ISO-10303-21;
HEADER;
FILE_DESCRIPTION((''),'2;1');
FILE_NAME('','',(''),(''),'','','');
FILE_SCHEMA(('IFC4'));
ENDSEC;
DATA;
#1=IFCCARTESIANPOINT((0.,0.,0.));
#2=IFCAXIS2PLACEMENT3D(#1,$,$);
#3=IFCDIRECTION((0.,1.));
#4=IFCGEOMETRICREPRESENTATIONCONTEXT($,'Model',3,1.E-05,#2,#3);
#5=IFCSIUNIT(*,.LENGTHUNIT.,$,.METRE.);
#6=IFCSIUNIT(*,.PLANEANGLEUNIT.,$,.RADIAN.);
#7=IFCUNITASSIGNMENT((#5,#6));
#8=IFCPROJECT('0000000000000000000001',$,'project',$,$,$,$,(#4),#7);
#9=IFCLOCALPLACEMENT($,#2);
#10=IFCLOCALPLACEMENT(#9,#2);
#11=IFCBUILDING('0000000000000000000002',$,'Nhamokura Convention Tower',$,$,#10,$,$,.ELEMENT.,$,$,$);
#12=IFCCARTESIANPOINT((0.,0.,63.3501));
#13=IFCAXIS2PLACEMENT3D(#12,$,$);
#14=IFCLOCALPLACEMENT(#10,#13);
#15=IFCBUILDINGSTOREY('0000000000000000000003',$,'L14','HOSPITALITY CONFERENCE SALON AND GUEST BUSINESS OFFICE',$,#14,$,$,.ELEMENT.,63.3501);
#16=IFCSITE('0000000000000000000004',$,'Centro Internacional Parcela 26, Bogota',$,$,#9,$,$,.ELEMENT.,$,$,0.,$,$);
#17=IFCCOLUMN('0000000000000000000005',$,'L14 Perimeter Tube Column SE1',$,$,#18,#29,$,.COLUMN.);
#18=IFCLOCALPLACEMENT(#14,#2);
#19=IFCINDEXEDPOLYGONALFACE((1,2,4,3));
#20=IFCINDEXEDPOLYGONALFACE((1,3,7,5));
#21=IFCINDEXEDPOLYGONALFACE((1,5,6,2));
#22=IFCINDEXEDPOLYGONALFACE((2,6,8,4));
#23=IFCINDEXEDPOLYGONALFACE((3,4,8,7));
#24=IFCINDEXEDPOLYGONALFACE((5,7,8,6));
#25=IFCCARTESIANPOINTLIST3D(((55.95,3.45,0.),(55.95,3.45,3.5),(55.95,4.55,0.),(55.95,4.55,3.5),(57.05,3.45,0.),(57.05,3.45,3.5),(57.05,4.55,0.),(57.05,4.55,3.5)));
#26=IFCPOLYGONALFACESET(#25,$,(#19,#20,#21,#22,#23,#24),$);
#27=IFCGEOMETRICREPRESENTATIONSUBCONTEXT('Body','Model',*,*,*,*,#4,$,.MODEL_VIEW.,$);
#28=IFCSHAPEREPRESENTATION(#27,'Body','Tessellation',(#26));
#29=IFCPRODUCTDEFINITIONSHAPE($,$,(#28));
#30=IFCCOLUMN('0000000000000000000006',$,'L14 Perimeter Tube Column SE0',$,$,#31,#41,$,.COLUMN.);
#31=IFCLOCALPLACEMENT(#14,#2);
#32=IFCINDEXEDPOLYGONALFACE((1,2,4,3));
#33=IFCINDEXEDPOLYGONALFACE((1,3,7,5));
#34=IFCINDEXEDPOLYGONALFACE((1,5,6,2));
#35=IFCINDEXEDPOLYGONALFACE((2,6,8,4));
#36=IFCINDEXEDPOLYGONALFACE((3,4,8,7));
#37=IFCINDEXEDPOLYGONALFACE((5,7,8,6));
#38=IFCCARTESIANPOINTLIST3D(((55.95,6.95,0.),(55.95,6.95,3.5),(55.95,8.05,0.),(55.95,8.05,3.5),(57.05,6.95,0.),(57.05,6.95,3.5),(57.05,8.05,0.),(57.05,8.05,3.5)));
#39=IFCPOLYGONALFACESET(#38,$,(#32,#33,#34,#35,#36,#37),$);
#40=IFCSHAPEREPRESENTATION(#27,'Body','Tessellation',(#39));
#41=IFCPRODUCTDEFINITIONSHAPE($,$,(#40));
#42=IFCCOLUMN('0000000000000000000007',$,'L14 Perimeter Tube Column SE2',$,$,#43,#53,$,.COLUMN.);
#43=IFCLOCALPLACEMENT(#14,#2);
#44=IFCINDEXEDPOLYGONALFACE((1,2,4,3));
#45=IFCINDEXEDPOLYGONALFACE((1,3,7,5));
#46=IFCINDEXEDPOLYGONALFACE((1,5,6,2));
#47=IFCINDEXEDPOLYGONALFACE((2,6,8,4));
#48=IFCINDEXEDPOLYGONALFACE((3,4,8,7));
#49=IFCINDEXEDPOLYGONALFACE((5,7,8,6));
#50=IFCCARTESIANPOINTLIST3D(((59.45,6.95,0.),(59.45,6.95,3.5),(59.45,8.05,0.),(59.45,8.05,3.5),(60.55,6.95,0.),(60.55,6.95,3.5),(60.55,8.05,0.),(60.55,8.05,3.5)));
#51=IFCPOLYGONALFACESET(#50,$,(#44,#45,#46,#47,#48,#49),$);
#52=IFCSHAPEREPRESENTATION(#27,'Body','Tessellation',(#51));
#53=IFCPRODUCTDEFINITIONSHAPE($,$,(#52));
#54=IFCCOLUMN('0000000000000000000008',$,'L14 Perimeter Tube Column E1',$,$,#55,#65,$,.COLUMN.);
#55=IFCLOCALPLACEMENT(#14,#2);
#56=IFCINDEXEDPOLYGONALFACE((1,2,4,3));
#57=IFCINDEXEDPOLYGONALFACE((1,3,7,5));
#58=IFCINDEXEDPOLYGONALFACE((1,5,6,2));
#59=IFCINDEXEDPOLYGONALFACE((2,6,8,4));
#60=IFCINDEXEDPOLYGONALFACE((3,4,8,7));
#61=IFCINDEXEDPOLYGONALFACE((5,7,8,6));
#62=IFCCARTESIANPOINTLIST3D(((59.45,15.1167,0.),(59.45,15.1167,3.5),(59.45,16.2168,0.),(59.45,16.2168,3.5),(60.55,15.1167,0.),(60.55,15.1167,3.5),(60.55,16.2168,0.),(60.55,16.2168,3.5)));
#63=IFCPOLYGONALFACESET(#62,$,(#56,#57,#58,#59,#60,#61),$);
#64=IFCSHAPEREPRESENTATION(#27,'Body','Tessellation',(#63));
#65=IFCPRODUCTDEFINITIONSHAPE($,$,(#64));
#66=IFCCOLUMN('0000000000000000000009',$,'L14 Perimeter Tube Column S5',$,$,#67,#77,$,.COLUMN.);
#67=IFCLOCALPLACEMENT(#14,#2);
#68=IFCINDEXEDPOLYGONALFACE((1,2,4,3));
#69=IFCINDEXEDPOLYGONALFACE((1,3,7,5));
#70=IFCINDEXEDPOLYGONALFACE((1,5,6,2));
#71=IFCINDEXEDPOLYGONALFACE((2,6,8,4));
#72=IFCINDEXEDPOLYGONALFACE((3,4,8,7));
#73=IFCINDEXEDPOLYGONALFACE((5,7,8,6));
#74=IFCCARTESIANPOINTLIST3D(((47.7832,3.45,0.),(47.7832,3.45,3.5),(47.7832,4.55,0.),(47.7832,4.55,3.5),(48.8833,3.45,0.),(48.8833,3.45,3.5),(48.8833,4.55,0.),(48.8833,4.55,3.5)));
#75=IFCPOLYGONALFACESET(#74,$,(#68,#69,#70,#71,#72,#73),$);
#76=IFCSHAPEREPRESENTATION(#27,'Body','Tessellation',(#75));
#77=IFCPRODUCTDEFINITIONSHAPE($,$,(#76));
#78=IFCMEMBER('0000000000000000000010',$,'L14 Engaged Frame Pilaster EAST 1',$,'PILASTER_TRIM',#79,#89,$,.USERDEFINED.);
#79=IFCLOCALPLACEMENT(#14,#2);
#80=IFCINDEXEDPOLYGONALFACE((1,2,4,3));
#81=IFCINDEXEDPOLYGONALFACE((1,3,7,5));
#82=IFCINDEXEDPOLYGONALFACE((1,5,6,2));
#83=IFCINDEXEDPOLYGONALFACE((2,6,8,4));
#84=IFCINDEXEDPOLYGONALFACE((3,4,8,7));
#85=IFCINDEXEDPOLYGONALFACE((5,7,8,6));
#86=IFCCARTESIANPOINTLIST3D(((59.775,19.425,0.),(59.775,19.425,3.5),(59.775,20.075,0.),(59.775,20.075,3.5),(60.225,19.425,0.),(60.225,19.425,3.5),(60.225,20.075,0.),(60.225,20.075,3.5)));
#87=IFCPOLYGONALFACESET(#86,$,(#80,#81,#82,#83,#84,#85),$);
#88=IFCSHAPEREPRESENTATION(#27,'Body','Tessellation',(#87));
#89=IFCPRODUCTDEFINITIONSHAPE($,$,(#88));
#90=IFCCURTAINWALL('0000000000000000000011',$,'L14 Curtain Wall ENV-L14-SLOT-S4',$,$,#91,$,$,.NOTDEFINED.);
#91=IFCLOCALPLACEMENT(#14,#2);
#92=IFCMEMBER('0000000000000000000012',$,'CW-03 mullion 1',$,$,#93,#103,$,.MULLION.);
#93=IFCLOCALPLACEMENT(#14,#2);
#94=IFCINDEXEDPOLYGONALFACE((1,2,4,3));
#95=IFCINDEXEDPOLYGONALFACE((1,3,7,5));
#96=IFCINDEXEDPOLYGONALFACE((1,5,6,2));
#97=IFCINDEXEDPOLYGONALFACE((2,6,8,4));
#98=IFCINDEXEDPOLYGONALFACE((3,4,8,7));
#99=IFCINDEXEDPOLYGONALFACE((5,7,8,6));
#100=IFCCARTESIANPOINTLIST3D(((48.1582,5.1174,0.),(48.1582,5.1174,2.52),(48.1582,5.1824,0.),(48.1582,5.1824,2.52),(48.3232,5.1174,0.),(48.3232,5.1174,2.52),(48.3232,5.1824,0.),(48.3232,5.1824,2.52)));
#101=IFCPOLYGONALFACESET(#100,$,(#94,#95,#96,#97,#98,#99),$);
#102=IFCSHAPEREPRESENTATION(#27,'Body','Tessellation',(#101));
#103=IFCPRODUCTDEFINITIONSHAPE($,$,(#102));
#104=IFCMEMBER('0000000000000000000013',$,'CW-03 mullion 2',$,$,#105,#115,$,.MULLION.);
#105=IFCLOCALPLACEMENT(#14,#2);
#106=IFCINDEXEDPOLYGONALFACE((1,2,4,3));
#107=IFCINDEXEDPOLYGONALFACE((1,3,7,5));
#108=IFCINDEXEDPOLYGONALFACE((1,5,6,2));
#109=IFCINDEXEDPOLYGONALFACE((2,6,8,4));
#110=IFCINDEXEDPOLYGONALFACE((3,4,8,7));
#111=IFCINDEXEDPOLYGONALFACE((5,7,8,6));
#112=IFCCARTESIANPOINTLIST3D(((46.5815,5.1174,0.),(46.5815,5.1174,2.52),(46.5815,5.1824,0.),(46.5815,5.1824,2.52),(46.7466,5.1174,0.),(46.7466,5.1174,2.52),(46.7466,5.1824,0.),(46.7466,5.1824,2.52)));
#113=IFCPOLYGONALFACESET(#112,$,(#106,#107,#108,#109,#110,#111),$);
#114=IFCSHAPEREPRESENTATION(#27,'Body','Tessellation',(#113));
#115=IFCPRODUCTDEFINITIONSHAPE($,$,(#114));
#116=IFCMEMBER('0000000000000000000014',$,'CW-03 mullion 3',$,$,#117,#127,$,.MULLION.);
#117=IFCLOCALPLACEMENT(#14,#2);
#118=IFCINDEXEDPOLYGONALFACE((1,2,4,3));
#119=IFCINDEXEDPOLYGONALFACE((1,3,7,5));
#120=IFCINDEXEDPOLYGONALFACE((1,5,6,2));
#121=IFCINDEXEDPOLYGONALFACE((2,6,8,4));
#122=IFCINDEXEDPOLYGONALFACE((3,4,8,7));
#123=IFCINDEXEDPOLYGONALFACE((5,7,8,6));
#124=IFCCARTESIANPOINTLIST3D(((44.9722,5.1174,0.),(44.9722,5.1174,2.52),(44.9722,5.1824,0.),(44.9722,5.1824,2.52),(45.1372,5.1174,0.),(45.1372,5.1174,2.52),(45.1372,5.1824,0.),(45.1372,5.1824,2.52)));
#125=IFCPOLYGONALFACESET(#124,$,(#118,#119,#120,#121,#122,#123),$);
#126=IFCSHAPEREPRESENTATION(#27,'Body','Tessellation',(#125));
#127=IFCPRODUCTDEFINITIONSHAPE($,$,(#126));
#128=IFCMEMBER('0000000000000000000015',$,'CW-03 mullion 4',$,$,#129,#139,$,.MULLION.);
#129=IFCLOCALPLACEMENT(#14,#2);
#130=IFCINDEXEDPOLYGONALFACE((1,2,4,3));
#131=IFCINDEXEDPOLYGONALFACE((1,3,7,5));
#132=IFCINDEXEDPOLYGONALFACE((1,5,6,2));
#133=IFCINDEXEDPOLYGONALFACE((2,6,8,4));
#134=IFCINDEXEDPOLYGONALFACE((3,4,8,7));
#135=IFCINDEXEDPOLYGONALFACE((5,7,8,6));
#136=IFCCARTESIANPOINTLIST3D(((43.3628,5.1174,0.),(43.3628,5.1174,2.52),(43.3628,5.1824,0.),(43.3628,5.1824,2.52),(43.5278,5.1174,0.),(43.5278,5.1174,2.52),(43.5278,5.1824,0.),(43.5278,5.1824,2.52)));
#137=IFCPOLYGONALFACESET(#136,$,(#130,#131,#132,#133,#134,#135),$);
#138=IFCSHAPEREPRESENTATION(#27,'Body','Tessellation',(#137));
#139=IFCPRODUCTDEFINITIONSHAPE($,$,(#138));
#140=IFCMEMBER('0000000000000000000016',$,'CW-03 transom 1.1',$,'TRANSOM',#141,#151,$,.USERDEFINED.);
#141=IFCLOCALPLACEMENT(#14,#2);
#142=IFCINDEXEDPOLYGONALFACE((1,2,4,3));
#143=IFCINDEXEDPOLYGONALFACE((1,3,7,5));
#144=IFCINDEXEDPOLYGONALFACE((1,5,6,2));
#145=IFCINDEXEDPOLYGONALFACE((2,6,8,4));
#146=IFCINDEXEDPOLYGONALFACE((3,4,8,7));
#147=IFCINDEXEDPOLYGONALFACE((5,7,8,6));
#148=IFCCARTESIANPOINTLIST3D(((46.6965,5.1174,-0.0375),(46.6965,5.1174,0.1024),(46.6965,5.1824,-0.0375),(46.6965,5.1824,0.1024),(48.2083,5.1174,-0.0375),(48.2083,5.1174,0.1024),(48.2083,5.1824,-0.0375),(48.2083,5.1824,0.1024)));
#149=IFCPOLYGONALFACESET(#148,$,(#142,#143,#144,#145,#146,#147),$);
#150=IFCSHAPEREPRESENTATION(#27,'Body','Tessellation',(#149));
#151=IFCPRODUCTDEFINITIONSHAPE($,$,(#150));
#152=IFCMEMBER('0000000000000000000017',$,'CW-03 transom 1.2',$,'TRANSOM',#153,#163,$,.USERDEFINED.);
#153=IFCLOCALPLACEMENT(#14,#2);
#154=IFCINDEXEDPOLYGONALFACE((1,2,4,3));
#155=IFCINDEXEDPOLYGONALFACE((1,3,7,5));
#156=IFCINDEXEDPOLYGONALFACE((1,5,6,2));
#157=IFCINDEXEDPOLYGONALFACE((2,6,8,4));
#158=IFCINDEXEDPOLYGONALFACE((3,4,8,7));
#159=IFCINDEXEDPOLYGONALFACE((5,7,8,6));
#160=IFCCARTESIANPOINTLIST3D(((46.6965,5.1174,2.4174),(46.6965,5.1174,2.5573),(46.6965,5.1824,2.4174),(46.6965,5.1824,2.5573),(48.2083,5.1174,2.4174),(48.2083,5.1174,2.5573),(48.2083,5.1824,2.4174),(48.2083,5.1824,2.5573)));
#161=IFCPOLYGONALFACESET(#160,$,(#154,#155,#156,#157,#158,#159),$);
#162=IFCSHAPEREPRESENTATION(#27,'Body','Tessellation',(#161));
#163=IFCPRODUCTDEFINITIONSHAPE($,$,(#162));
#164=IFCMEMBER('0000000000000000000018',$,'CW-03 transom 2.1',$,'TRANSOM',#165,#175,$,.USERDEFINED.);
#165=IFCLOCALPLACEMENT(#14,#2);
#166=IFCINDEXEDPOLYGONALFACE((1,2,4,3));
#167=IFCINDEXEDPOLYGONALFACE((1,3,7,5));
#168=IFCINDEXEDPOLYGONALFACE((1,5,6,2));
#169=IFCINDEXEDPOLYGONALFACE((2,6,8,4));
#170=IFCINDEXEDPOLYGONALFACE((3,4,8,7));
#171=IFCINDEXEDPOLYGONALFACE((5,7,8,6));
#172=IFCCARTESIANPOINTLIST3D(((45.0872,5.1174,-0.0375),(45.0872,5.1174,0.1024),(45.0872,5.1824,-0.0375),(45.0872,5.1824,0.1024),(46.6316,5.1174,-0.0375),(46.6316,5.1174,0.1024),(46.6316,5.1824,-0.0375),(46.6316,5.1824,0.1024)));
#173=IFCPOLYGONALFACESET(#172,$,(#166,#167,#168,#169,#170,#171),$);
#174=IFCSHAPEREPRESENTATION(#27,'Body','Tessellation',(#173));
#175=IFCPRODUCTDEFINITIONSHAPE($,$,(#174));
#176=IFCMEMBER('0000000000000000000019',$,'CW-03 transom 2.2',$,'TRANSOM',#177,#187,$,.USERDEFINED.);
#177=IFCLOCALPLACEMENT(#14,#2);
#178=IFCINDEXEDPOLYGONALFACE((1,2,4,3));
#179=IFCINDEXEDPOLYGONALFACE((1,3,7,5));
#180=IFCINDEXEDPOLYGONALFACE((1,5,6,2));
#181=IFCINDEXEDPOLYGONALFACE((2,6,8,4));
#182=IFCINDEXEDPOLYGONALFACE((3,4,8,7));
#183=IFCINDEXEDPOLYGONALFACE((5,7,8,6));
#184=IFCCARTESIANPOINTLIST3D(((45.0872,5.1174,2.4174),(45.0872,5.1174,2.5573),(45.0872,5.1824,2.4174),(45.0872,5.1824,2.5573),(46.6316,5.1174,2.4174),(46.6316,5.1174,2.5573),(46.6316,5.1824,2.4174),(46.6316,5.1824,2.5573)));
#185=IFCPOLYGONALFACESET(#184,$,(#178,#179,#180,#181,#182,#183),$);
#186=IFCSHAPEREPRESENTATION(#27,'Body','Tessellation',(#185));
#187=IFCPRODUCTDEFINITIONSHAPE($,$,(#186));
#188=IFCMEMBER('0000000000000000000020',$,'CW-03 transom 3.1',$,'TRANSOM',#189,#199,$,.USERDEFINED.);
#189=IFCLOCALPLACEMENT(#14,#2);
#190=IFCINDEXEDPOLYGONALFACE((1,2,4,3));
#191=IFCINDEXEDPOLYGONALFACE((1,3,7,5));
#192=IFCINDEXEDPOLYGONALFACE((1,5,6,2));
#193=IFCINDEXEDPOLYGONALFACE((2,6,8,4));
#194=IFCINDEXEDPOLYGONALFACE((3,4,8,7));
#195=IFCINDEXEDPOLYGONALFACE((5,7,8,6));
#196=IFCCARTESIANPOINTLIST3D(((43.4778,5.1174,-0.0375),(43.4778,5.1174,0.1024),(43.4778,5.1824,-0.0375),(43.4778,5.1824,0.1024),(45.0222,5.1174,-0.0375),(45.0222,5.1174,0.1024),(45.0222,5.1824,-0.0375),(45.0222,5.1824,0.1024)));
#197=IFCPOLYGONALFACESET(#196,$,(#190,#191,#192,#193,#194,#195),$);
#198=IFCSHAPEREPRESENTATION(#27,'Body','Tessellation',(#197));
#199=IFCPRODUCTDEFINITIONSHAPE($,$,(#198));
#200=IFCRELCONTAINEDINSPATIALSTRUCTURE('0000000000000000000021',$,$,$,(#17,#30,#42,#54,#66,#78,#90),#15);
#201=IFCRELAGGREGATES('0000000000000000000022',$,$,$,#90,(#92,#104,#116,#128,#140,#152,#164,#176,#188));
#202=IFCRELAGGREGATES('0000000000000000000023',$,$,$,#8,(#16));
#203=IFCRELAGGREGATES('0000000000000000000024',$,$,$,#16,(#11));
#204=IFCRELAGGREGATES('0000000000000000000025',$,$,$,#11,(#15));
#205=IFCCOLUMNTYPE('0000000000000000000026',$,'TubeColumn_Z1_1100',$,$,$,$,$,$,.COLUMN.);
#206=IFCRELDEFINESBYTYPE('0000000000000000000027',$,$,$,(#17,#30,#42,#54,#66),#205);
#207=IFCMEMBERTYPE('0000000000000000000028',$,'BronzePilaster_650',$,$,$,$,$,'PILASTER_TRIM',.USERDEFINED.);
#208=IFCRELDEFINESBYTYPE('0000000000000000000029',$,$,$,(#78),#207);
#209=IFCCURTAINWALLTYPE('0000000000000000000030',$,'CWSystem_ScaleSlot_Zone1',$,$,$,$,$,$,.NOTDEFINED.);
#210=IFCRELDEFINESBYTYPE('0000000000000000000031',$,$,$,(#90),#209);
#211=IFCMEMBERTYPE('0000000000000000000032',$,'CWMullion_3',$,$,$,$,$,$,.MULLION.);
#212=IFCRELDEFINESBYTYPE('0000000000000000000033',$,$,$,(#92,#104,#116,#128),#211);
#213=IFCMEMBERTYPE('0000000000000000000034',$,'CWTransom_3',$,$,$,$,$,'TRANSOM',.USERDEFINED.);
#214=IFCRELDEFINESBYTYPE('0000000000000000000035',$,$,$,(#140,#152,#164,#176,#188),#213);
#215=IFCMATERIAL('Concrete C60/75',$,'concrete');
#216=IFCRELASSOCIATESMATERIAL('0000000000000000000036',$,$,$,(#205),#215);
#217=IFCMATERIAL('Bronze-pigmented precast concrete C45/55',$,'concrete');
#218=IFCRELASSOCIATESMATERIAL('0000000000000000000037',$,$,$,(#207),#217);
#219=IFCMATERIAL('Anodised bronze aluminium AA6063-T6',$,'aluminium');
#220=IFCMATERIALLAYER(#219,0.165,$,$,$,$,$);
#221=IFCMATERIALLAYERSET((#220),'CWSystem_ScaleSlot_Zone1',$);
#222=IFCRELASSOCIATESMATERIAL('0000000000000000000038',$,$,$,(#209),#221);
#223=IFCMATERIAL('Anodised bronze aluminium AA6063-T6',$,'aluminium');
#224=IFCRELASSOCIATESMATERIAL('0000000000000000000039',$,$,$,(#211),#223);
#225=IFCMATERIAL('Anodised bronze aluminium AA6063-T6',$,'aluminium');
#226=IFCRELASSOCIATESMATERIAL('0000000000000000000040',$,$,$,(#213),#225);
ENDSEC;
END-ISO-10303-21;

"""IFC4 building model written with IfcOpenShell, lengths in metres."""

from ifc_helpers import new_model, si_unit, direction, frame, origin, origin_2d, place, context, subcontext, project, spatial, rectangle, extrude, material, layer, layer_set, material_profile, profile_set, type_object, element, aggregate, save


model = new_model("IFC4")

# Units and contexts
model_context = context("Model", 3, precision=1e-05, world=origin(), true_north=direction((0.0, 1.0)))
body_context = subcontext(model_context, "Body", "Model", "MODEL_VIEW")
ifc_project = project(units=[si_unit("LENGTHUNIT", "METRE"), si_unit("PLANEANGLEUNIT", "RADIAN")], contexts=[model_context])

# Site, building, storey
site_placement = place(None, origin())
site = spatial("IfcSite", under=ifc_project, at=site_placement, Name="Centro Internacional Parcela 26, Bogota", CompositionType="ELEMENT", RefElevation=0.0)
building_placement = place(site_placement, origin())
building = spatial("IfcBuilding", under=site, at=building_placement, Name="Nhamokura Convention Tower", CompositionType="ELEMENT")
storey_placement = place(building_placement, frame((0.0, 0.0, 63.3501)))
storey = spatial("IfcBuildingStorey", under=building, at=storey_placement, Name="L14", Description="HOSPITALITY CONFERENCE SALON AND GUEST BUSINESS OFFICE", CompositionType="ELEMENT", Elevation=63.3501)

# Columns
ifc_material_1 = material(Name="Concrete C60/75", Category="concrete")
ifc_material_profile_1 = material_profile(ifc_material_1, rectangle(XDim=1.1001, YDim=1.1001, at=origin_2d()))
ifc_profile_set_1 = profile_set([ifc_material_profile_1], Name="Concrete C60/75")
column_type = type_object("IfcColumnType", Name="TubeColumn_Z1_1100", PredefinedType="COLUMN", material=ifc_profile_set_1)
for number, where, z_axis, x_axis, name in (
    (1, (56.5, 4.0, 0.0), (0.0, 0.0, 1.0), (1.0, 0.0, 0.0), "L14 Perimeter Tube Column SE1"),
    (2, (56.5, 7.5, 0.0), (0.0, 0.0, 1.0), (1.0, 0.0, 0.0), "L14 Perimeter Tube Column SE0"),
    (3, (60.0, 7.5, 0.0), (0.0, 0.0, 1.0), (1.0, 0.0, 0.0), "L14 Perimeter Tube Column SE2"),
    (4, (60.0, 15.6667, 0.0), (0.0, 0.0, 1.0), (1.0, 0.0, 0.0), "L14 Perimeter Tube Column E1"),
    (5, (48.3333, 4.0, 0.0), (0.0, 0.0, 1.0), (1.0, 0.0, 0.0), "L14 Perimeter Tube Column S5"),
):
    element("IfcColumn", number, at=place(storey_placement, frame(where, z_axis=z_axis, x_axis=x_axis)), inside=storey, type_object=column_type, Name=name, PredefinedType="COLUMN", context=body_context, shape_type="SweptSolid", body=[
        extrude(rectangle(XDim=1.1001, YDim=1.1001, at=origin_2d()), origin(), (0.0, 0.0, 1.0), 3.5),
    ])

# Member
ifc_material_2 = material(Name="Bronze-pigmented precast concrete C45/55", Category="concrete")
ifc_material_profile_2 = material_profile(ifc_material_2, rectangle(XDim=0.45, YDim=0.6499, at=origin_2d()))
ifc_profile_set_2 = profile_set([ifc_material_profile_2], Name="Bronze-pigmented precast concrete C45/55")
member_type_1 = type_object("IfcMemberType", Name="BronzePilaster_650", ElementType="PILASTER_TRIM", PredefinedType="USERDEFINED", material=ifc_profile_set_2)
member_1_placement = place(storey_placement, frame((60.0, 19.75, 0.0), z_axis=(0.0, 0.0, 1.0), x_axis=(1.0, 0.0, 0.0)))
element("IfcMember", 6, at=member_1_placement, inside=storey, type_object=member_type_1, Name="L14 Engaged Frame Pilaster EAST 1", ObjectType="PILASTER_TRIM", PredefinedType="USERDEFINED", context=body_context, shape_type="SweptSolid", body=[
    extrude(rectangle(XDim=0.45, YDim=0.6499, at=origin_2d()), origin(), (0.0, 0.0, 1.0), 3.5),
])

# Curtain wall, members
ifc_material_3 = material(Name="Anodised bronze aluminium AA6063-T6", Category="aluminium")
ifc_layer_1 = layer(ifc_material_3, 0.165)
ifc_layer_set_1 = layer_set([ifc_layer_1], Name="CWSystem_ScaleSlot_Zone1")
curtain_wall_type = type_object("IfcCurtainWallType", Name="CWSystem_ScaleSlot_Zone1", PredefinedType="NOTDEFINED", material=ifc_layer_set_1)
curtain_wall_placement = place(storey_placement, origin())
curtain_wall = element("IfcCurtainWall", 7, at=curtain_wall_placement, inside=storey, type_object=curtain_wall_type, Name="L14 Curtain Wall ENV-L14-SLOT-S4", PredefinedType="NOTDEFINED")
ifc_material_4 = material(Name="Anodised bronze aluminium AA6063-T6", Category="aluminium")
ifc_material_profile_3 = material_profile(ifc_material_4, rectangle(XDim=0.0649, YDim=0.165, at=origin_2d()))
ifc_profile_set_3 = profile_set([ifc_material_profile_3], Name="Anodised bronze aluminium AA6063-T6")
member_type_2 = type_object("IfcMemberType", Name="CWMullion_3", PredefinedType="MULLION", material=ifc_profile_set_3)
member_2_placement = place(storey_placement, frame((48.2407, 5.1499, 0.0), z_axis=(0.0, 0.0, 1.0), x_axis=(0.0, -1.0, 0.0)))
member_2 = element("IfcMember", 8, at=member_2_placement, type_object=member_type_2, Name="CW-03 mullion 1", PredefinedType="MULLION", context=body_context, shape_type="SweptSolid", body=[
    extrude(rectangle(XDim=0.0649, YDim=0.165, at=origin_2d()), origin(), (0.0, 0.0, 1.0), 2.52),
])
member_3_placement = place(storey_placement, frame((46.6641, 5.1499, 0.0), z_axis=(0.0, 0.0, 1.0), x_axis=(0.0, -1.0, 0.0)))
member_3 = element("IfcMember", 9, at=member_3_placement, type_object=member_type_2, Name="CW-03 mullion 2", PredefinedType="MULLION", context=body_context, shape_type="SweptSolid", body=[
    extrude(rectangle(XDim=0.0649, YDim=0.165, at=origin_2d()), origin(), (0.0, 0.0, 1.0), 2.52),
])
member_4_placement = place(storey_placement, frame((45.0547, 5.1499, 0.0), z_axis=(0.0, 0.0, 1.0), x_axis=(0.0, -1.0, 0.0)))
member_4 = element("IfcMember", 10, at=member_4_placement, type_object=member_type_2, Name="CW-03 mullion 3", PredefinedType="MULLION", context=body_context, shape_type="SweptSolid", body=[
    extrude(rectangle(XDim=0.0649, YDim=0.165, at=origin_2d()), origin(), (0.0, 0.0, 1.0), 2.52),
])
member_5_placement = place(storey_placement, frame((43.4453, 5.1499, 0.0), z_axis=(0.0, 0.0, 1.0), x_axis=(0.0, -1.0, 0.0)))
member_5 = element("IfcMember", 11, at=member_5_placement, type_object=member_type_2, Name="CW-03 mullion 4", PredefinedType="MULLION", context=body_context, shape_type="SweptSolid", body=[
    extrude(rectangle(XDim=0.0649, YDim=0.165, at=origin_2d()), origin(), (0.0, 0.0, 1.0), 2.52),
])
ifc_material_5 = material(Name="Anodised bronze aluminium AA6063-T6", Category="aluminium")
ifc_material_profile_4 = material_profile(ifc_material_5, rectangle(XDim=0.0649, YDim=0.1399, at=origin_2d()))
ifc_profile_set_4 = profile_set([ifc_material_profile_4], Name="Anodised bronze aluminium AA6063-T6")
member_type_3 = type_object("IfcMemberType", Name="CWTransom_3", ElementType="TRANSOM", PredefinedType="USERDEFINED", material=ifc_profile_set_4)
member_6_placement = place(storey_placement, frame((48.2083, 5.1499, 0.0325), z_axis=(-1.0, 0.0, 0.0), x_axis=(0.0, -1.0, 0.0)))
member_6 = element("IfcMember", 12, at=member_6_placement, type_object=member_type_3, Name="CW-03 transom 1.1", ObjectType="TRANSOM", PredefinedType="USERDEFINED", context=body_context, shape_type="SweptSolid", body=[
    extrude(rectangle(XDim=0.0649, YDim=0.1399, at=origin_2d()), origin(), (0.0, 0.0, 1.0), 1.5117),
])
member_7_placement = place(storey_placement, frame((48.2083, 5.1499, 2.4873), z_axis=(-1.0, 0.0, 0.0), x_axis=(0.0, -1.0, 0.0)))
member_7 = element("IfcMember", 13, at=member_7_placement, type_object=member_type_3, Name="CW-03 transom 1.2", ObjectType="TRANSOM", PredefinedType="USERDEFINED", context=body_context, shape_type="SweptSolid", body=[
    extrude(rectangle(XDim=0.0649, YDim=0.1399, at=origin_2d()), origin(), (0.0, 0.0, 1.0), 1.5117),
])
member_8_placement = place(storey_placement, frame((46.6316, 5.1499, 0.0325), z_axis=(-1.0, 0.0, 0.0), x_axis=(0.0, -1.0, 0.0)))
member_8 = element("IfcMember", 14, at=member_8_placement, type_object=member_type_3, Name="CW-03 transom 2.1", ObjectType="TRANSOM", PredefinedType="USERDEFINED", context=body_context, shape_type="SweptSolid", body=[
    extrude(rectangle(XDim=0.0649, YDim=0.1399, at=origin_2d()), origin(), (0.0, 0.0, 1.0), 1.5444),
])
member_9_placement = place(storey_placement, frame((46.6316, 5.1499, 2.4873), z_axis=(-1.0, 0.0, 0.0), x_axis=(0.0, -1.0, 0.0)))
member_9 = element("IfcMember", 15, at=member_9_placement, type_object=member_type_3, Name="CW-03 transom 2.2", ObjectType="TRANSOM", PredefinedType="USERDEFINED", context=body_context, shape_type="SweptSolid", body=[
    extrude(rectangle(XDim=0.0649, YDim=0.1399, at=origin_2d()), origin(), (0.0, 0.0, 1.0), 1.5444),
])
member_10_placement = place(storey_placement, frame((45.0222, 5.1499, 0.0325), z_axis=(-1.0, 0.0, 0.0), x_axis=(0.0, -1.0, 0.0)))
member_10 = element("IfcMember", 16, at=member_10_placement, type_object=member_type_3, Name="CW-03 transom 3.1", ObjectType="TRANSOM", PredefinedType="USERDEFINED", context=body_context, shape_type="SweptSolid", body=[
    extrude(rectangle(XDim=0.0649, YDim=0.1399, at=origin_2d()), origin(), (0.0, 0.0, 1.0), 1.5444),
])

aggregate(curtain_wall, [member_2, member_3, member_4, member_5, member_6, member_7, member_8, member_9, member_10])

save(model, "model.ifc")
